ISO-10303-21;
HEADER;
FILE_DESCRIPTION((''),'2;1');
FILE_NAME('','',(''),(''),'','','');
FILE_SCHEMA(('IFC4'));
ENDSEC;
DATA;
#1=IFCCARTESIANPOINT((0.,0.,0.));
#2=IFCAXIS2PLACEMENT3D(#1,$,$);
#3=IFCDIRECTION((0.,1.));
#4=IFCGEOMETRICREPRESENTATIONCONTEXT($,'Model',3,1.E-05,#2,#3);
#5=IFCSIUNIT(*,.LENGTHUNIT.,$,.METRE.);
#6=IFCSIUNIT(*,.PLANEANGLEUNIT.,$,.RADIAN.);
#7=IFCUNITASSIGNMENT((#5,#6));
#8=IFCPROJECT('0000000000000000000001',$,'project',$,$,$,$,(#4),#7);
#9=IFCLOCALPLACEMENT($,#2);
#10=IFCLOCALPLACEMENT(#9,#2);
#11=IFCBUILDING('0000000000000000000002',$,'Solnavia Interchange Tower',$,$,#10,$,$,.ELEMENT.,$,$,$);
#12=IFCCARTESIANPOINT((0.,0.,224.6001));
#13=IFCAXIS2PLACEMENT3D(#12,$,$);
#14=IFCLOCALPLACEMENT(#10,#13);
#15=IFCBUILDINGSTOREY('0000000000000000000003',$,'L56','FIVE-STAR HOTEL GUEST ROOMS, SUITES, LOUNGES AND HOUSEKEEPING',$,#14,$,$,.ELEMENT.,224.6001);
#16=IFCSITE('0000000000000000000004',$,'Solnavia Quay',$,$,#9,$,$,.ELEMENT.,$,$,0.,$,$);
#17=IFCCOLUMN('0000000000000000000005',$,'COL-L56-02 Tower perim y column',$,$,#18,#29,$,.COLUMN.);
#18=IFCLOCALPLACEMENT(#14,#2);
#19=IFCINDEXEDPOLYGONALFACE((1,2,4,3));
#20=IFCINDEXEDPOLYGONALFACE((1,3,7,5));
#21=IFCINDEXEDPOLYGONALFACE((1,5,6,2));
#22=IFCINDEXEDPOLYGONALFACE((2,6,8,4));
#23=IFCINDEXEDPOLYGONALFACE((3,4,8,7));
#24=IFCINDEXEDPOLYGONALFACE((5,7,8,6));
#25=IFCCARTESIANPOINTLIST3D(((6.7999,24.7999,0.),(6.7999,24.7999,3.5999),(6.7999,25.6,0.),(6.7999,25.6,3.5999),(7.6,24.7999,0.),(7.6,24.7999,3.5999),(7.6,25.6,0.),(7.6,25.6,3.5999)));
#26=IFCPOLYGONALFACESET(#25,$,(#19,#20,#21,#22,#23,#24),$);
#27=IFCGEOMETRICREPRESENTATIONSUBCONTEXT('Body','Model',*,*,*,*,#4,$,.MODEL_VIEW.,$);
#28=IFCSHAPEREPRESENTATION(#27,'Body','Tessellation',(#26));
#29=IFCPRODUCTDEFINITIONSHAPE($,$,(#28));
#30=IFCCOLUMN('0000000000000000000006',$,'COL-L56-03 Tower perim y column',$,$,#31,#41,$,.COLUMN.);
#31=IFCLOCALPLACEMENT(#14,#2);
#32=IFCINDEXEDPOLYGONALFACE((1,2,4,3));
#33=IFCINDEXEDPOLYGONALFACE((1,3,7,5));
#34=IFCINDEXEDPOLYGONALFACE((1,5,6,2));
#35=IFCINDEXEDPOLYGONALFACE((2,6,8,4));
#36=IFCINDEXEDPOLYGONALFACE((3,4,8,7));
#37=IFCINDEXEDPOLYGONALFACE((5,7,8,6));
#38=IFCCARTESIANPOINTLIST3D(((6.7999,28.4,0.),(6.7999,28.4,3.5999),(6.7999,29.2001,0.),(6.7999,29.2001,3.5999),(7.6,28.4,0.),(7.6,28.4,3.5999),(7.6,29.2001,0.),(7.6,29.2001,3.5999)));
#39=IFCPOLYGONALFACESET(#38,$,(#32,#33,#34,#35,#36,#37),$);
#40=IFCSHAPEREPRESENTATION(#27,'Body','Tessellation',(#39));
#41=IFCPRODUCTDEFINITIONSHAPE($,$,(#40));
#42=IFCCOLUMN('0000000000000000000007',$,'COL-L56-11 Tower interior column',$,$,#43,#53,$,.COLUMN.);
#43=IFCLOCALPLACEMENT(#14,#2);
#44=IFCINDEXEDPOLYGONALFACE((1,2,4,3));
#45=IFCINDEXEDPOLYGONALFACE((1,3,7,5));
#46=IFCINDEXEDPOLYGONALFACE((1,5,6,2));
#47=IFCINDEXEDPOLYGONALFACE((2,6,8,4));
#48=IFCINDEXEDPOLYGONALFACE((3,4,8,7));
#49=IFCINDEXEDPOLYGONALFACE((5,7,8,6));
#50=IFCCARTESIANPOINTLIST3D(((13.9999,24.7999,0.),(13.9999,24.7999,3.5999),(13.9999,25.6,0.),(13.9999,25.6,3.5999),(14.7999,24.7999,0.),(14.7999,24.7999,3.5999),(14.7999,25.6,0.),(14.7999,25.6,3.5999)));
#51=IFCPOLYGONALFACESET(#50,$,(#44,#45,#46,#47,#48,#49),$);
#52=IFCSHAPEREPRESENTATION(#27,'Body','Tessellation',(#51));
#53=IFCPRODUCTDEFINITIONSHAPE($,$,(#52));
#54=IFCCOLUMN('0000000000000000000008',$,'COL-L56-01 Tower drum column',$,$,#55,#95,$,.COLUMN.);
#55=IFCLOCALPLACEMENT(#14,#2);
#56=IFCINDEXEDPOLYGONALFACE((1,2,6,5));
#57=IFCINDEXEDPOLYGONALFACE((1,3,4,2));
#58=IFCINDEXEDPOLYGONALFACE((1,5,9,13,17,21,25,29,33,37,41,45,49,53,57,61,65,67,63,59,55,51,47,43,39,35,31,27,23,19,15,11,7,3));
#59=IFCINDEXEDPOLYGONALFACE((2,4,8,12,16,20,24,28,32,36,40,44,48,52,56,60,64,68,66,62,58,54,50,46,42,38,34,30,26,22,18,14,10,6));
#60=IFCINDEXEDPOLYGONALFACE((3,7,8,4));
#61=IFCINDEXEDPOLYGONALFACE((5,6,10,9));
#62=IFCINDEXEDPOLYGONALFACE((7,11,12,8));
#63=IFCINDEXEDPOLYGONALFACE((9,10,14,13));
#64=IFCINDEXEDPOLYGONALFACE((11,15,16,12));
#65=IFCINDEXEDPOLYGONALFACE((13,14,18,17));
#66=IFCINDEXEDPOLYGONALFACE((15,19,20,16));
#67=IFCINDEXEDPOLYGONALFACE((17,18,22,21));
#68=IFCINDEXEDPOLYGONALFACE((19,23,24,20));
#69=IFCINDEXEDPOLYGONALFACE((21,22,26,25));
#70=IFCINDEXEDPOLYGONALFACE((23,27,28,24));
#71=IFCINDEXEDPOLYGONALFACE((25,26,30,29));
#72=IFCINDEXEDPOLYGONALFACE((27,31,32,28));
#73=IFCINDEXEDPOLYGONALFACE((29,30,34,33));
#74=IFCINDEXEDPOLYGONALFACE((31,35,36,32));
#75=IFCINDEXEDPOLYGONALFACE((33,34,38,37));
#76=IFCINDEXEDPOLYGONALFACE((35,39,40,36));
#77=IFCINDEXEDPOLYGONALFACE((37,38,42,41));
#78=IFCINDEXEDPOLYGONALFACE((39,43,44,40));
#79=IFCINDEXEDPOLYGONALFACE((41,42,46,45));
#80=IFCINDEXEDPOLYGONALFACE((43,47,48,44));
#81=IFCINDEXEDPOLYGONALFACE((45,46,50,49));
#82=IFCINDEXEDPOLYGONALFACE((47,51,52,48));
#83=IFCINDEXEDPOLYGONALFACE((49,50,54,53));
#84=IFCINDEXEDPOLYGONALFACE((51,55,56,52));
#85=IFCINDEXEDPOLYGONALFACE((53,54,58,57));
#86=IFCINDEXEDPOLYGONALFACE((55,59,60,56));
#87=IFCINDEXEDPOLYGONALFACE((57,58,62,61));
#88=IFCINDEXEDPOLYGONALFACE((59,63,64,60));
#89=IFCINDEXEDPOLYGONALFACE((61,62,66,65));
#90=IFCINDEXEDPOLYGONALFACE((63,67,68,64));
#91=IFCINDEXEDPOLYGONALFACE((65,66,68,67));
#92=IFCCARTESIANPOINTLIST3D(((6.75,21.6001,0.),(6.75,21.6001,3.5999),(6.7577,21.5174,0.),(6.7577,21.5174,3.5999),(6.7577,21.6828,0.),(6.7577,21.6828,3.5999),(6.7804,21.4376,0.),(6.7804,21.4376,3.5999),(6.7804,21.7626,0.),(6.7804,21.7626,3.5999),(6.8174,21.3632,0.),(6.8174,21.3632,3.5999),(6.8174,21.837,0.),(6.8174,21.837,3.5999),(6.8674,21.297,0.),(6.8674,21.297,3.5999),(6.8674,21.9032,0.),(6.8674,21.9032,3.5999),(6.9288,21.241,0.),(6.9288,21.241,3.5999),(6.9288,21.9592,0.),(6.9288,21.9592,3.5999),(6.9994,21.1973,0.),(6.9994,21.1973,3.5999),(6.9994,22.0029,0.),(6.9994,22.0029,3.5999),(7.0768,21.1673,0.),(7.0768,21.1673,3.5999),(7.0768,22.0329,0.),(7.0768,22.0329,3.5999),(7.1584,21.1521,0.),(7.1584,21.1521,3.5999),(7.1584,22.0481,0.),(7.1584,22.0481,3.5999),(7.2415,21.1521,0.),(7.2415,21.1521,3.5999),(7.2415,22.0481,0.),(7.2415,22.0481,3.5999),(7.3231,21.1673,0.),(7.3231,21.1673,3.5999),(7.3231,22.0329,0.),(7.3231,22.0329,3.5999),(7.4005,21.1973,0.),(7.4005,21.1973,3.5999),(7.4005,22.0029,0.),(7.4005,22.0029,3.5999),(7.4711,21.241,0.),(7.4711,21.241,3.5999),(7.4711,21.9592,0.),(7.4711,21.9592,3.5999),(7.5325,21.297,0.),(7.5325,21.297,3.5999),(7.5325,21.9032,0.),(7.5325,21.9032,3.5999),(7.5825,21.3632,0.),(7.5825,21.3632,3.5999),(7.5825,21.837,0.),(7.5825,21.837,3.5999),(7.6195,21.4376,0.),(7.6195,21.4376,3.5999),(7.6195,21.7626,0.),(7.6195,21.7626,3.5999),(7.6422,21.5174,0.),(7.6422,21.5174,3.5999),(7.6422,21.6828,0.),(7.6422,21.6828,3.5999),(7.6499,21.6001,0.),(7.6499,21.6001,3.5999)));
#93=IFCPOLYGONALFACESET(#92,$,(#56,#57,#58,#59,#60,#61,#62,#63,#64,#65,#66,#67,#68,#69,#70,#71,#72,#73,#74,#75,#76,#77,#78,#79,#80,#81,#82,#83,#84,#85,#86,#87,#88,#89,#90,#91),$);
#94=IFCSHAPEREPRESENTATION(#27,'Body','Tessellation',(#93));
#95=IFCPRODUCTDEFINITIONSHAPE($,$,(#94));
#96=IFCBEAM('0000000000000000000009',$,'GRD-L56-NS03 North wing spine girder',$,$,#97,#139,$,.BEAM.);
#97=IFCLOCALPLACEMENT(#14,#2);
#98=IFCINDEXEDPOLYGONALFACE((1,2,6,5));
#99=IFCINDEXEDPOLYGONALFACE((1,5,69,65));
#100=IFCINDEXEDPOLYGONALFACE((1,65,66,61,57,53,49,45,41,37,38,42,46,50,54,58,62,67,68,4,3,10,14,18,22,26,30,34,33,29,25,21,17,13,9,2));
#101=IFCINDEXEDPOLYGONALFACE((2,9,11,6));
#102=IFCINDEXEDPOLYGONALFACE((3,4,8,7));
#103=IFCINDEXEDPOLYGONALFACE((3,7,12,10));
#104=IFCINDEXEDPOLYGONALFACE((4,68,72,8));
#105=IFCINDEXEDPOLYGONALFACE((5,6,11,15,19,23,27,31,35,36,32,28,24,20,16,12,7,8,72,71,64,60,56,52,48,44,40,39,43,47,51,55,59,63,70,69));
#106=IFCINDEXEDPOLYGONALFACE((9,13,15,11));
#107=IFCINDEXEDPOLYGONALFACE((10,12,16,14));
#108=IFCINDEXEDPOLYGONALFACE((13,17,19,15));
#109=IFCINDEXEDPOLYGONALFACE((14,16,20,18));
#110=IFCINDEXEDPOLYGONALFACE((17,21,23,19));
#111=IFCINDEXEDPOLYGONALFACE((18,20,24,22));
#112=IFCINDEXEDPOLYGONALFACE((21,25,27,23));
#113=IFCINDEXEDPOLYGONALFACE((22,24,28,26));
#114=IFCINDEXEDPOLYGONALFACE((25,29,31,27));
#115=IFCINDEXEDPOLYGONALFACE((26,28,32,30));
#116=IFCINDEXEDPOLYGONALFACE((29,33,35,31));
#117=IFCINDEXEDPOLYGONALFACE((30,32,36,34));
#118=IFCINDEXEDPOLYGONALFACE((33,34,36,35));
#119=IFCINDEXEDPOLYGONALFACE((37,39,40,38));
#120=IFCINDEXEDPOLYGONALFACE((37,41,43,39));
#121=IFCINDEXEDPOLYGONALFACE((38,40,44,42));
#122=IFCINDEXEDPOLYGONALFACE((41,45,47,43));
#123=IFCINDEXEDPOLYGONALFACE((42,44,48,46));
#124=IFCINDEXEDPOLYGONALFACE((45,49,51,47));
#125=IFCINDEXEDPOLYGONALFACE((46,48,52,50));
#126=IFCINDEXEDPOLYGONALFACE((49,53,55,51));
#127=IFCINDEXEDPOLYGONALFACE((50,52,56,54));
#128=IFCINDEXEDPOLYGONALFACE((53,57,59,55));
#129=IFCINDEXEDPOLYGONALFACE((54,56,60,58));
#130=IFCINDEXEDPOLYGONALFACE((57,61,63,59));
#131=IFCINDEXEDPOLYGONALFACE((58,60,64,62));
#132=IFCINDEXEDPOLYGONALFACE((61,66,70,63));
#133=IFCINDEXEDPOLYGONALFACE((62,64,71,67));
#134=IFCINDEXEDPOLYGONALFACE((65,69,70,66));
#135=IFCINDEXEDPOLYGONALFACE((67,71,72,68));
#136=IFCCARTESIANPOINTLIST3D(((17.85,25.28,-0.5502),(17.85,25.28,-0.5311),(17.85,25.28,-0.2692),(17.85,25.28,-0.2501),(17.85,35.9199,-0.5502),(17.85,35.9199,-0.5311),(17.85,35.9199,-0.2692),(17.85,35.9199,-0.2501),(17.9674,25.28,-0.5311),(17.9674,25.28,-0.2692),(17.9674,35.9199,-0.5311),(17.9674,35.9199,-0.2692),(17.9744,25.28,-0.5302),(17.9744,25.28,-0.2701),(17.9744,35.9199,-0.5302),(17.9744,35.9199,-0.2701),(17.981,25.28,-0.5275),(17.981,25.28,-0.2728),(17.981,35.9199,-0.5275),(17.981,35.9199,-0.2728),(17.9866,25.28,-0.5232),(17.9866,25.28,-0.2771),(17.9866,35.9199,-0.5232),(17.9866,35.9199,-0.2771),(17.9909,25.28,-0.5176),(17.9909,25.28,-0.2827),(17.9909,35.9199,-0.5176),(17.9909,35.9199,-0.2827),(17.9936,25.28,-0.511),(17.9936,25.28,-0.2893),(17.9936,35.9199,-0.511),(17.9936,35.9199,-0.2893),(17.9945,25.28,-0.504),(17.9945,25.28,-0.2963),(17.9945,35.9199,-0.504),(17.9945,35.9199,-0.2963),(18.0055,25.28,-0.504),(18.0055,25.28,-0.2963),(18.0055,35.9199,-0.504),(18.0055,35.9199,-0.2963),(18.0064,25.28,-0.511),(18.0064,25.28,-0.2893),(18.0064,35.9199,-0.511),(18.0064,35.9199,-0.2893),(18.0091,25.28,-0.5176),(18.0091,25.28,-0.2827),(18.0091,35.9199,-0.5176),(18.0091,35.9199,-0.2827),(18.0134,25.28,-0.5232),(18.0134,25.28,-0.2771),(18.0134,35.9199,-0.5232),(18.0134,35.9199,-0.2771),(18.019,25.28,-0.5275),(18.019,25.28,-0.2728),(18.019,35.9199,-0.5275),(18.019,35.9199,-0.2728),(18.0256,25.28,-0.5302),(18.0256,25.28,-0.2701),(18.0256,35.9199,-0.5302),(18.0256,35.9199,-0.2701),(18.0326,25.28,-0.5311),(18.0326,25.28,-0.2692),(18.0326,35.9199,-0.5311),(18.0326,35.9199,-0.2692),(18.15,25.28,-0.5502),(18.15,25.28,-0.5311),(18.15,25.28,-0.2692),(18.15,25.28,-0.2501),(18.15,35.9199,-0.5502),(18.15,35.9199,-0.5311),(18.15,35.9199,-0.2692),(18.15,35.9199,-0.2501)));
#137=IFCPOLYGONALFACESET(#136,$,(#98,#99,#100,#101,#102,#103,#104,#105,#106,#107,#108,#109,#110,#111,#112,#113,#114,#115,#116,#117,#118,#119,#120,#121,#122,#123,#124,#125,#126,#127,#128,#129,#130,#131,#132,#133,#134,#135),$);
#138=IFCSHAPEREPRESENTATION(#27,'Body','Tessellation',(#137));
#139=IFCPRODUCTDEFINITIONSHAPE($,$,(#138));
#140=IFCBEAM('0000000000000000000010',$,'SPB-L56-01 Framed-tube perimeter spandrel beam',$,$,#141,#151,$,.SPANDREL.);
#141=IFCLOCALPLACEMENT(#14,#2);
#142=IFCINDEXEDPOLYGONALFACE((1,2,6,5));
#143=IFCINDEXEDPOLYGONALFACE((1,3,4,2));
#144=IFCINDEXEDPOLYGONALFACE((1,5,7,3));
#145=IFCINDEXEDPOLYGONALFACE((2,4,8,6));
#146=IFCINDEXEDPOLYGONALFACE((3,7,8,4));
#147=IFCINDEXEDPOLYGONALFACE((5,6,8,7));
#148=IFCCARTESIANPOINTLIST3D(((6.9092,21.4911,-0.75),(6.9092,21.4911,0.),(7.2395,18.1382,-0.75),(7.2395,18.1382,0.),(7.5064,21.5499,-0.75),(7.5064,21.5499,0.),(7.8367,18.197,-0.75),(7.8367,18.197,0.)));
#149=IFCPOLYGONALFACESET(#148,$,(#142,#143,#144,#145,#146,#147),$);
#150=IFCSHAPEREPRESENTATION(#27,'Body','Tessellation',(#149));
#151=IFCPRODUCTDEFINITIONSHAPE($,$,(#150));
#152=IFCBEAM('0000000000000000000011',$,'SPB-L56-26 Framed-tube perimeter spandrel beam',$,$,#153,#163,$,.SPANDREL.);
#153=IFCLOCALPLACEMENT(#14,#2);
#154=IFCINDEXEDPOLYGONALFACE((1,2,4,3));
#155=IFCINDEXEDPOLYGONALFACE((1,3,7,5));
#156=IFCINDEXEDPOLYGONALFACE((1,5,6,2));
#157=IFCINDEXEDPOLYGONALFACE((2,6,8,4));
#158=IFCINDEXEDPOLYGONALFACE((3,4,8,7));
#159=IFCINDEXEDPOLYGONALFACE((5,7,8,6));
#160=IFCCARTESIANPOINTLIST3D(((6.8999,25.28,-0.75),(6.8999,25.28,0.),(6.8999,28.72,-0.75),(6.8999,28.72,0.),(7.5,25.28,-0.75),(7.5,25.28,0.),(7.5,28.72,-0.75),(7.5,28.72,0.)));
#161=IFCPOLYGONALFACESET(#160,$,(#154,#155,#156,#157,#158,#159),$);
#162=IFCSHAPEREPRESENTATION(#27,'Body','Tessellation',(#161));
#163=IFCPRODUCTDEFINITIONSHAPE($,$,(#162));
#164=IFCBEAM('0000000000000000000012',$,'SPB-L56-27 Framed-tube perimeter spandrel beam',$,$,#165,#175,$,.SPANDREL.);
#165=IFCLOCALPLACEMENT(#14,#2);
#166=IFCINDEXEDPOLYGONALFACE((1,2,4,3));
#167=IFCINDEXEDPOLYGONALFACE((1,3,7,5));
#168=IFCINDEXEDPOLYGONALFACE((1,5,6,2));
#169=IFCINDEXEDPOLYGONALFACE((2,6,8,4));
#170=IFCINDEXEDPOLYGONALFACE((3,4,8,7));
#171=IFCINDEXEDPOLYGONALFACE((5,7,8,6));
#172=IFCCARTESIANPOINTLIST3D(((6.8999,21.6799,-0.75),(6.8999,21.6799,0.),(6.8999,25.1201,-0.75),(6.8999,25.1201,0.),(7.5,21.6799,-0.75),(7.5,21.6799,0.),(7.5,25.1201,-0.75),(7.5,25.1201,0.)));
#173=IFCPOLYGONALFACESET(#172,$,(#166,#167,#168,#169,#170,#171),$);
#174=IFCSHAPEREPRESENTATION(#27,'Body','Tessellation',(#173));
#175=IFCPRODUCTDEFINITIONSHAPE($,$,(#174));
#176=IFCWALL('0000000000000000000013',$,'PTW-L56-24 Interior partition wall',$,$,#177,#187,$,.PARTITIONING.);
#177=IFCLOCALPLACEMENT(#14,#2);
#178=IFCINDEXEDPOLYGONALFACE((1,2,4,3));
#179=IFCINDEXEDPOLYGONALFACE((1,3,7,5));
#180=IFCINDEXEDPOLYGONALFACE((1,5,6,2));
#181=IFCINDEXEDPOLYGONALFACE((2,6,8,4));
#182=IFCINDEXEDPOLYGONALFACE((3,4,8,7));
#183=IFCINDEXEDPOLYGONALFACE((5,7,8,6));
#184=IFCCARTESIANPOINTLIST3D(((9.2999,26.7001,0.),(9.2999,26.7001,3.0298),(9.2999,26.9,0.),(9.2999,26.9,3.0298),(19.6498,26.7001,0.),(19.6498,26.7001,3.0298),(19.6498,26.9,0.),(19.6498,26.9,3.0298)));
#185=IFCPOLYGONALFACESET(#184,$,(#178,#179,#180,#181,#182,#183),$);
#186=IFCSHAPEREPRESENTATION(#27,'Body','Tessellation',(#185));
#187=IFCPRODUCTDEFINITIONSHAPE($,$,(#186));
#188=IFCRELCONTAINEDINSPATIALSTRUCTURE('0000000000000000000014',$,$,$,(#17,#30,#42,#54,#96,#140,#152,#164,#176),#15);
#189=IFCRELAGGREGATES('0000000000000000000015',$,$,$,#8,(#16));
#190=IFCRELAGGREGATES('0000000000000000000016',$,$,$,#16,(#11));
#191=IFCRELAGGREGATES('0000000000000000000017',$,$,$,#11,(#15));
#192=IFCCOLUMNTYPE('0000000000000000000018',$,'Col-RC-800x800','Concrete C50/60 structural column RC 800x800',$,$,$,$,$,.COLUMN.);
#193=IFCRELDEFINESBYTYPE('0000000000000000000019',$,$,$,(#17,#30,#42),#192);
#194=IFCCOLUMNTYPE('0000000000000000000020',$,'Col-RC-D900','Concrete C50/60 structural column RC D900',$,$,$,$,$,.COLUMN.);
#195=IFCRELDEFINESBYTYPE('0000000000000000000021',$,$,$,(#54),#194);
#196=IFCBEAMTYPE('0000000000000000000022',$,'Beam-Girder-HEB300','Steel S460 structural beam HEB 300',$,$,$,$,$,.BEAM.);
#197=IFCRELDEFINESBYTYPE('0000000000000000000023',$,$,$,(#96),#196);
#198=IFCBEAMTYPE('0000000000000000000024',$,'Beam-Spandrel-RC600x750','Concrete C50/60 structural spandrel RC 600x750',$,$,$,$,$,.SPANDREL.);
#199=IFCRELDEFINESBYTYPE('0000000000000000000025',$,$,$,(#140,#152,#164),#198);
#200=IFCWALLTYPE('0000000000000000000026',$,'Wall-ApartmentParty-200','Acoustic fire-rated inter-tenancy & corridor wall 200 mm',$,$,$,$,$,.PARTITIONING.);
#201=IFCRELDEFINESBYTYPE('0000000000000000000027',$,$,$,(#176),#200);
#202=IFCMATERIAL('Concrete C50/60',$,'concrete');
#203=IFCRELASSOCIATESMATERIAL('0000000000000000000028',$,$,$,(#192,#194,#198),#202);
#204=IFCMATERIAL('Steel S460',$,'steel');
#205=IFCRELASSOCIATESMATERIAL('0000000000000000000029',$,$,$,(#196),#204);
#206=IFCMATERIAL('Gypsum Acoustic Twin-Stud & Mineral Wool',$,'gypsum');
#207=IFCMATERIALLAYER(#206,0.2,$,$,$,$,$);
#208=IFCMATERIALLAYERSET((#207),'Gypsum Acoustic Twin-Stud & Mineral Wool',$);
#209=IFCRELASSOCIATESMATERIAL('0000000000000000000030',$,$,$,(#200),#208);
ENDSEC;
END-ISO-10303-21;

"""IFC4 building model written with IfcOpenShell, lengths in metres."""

from ifc_helpers import new_model, si_unit, direction, frame, frame_2d, origin, origin_2d, place, context, subcontext, project, spatial, rectangle, circle, i_section, extrude, material, layer, layer_set, material_profile, profile_set, type_object, element, save


model = new_model("IFC4")

# Units and contexts
model_context = context("Model", 3, precision=1e-05, world=origin(), true_north=direction((0.0, 1.0)))
body_context = subcontext(model_context, "Body", "Model", "MODEL_VIEW")
ifc_project = project(units=[si_unit("LENGTHUNIT", "METRE"), si_unit("PLANEANGLEUNIT", "RADIAN")], contexts=[model_context])

# Site, building, storey
site_placement = place(None, origin())
site = spatial("IfcSite", under=ifc_project, at=site_placement, Name="Solnavia Quay", CompositionType="ELEMENT", RefElevation=0.0)
building_placement = place(site_placement, origin())
building = spatial("IfcBuilding", under=site, at=building_placement, Name="Solnavia Interchange Tower", CompositionType="ELEMENT")
storey_placement = place(building_placement, frame((0.0, 0.0, 224.6001)))
storey = spatial("IfcBuildingStorey", under=building, at=storey_placement, Name="L56", Description="FIVE-STAR HOTEL GUEST ROOMS, SUITES, LOUNGES AND HOUSEKEEPING", CompositionType="ELEMENT", Elevation=224.6001)

# Columns
ifc_material_1 = material(Name="Concrete C50/60", Category="concrete")
ifc_material_profile_1 = material_profile(ifc_material_1, rectangle(XDim=0.8, YDim=0.8, at=origin_2d()), Name="RC 800x800")
ifc_profile_set_1 = profile_set([ifc_material_profile_1], Name="Concrete C50/60")
column_type_1 = type_object("IfcColumnType", Name="Col-RC-800x800", Description="Concrete C50/60 structural column RC 800x800", PredefinedType="COLUMN", material=ifc_profile_set_1)
for number, where, z_axis, x_axis, name in (
    (1, (7.2, 25.2, 0.0), (0.0, 0.0, 1.0), (0.0, 1.0, 0.0), "COL-L56-02 Tower perim y column"),
    (2, (7.2, 28.8, 0.0), (0.0, 0.0, 1.0), (0.0, 1.0, 0.0), "COL-L56-03 Tower perim y column"),
    (3, (14.3999, 25.2, 0.0), (0.0, 0.0, 1.0), (1.0, 0.0, 0.0), "COL-L56-11 Tower interior column"),
):
    element("IfcColumn", number, at=place(storey_placement, frame(where, z_axis=z_axis, x_axis=x_axis)), inside=storey, type_object=column_type_1, Name=name, PredefinedType="COLUMN", context=body_context, shape_type="SweptSolid", body=[
        extrude(rectangle(XDim=0.8, YDim=0.8, at=origin_2d()), origin(), (0.0, 0.0, 1.0), 3.5999),
    ])
ifc_material_profile_2 = material_profile(ifc_material_1, circle(Radius=0.45, at=origin_2d()), Name="RC D900")
ifc_profile_set_2 = profile_set([ifc_material_profile_2], Name="Concrete C50/60")
column_type_2 = type_object("IfcColumnType", Name="Col-RC-D900", Description="Concrete C50/60 structural column RC D900", PredefinedType="COLUMN", material=ifc_profile_set_2)
column_placement = place(storey_placement, frame((7.2, 21.6001, 0.0), z_axis=(0.0, 0.0, 1.0), x_axis=(1.0, 0.0, 0.0)))
element("IfcColumn", 4, at=column_placement, inside=storey, type_object=column_type_2, Name="COL-L56-01 Tower drum column", PredefinedType="COLUMN", context=body_context, shape_type="SweptSolid", body=[
    extrude(circle(Radius=0.45, at=origin_2d()), origin(), (0.0, 0.0, 1.0), 3.5999),
])

# Beams
ifc_material_2 = material(Name="Steel S460", Category="steel")
ifc_material_profile_3 = material_profile(ifc_material_2, i_section(OverallWidth=0.3, OverallDepth=0.3, WebThickness=0.011, FlangeThickness=0.019, FilletRadius=0.0271, at=origin_2d()), Name="HEB 300")
ifc_profile_set_3 = profile_set([ifc_material_profile_3], Name="Steel S460")
beam_type_1 = type_object("IfcBeamType", Name="Beam-Girder-HEB300", Description="Steel S460 structural beam HEB 300", PredefinedType="BEAM", material=ifc_profile_set_3)
beam_1_placement = place(storey_placement, frame((18.0, 25.28, -0.4001), z_axis=(0.0, 1.0, 0.0), x_axis=(-1.0, 0.0, 0.0)))
element("IfcBeam", 5, at=beam_1_placement, inside=storey, type_object=beam_type_1, Name="GRD-L56-NS03 North wing spine girder", PredefinedType="BEAM", context=body_context, shape_type="SweptSolid", body=[
    extrude(i_section(OverallWidth=0.3, OverallDepth=0.3, WebThickness=0.011, FlangeThickness=0.019, FilletRadius=0.0271, at=origin_2d()), origin(), (0.0, 0.0, 1.0), 10.6399),
])
ifc_material_profile_4 = material_profile(ifc_material_1, rectangle(XDim=0.6001, YDim=0.75, at=origin_2d()), Name="RC 600x750")
ifc_profile_set_4 = profile_set([ifc_material_profile_4], Name="Concrete C50/60")
beam_type_2 = type_object("IfcBeamType", Name="Beam-Spandrel-RC600x750", Description="Concrete C50/60 structural spandrel RC 600x750", PredefinedType="SPANDREL", material=ifc_profile_set_4)
beam_2_placement = place(storey_placement, frame((7.2078, 21.5205, -0.375), z_axis=(0.09804, -0.995182, 0.0), x_axis=(0.995182, 0.09804, 0.0)))
element("IfcBeam", 6, at=beam_2_placement, inside=storey, type_object=beam_type_2, Name="SPB-L56-01 Framed-tube perimeter spandrel beam", PredefinedType="SPANDREL", context=body_context, shape_type="SweptSolid", body=[
    extrude(rectangle(XDim=0.6001, YDim=0.75, at=origin_2d()), origin(), (0.0, 0.0, 1.0), 3.3691),
])
beam_3_placement = place(storey_placement, frame((7.2, 28.72, -0.375), z_axis=(0.0, -1.0, 0.0), x_axis=(1.0, 0.0, 0.0)))
element("IfcBeam", 7, at=beam_3_placement, inside=storey, type_object=beam_type_2, Name="SPB-L56-26 Framed-tube perimeter spandrel beam", PredefinedType="SPANDREL", context=body_context, shape_type="SweptSolid", body=[
    extrude(rectangle(XDim=0.6001, YDim=0.75, at=origin_2d()), origin(), (0.0, 0.0, 1.0), 3.4399),
])
beam_4_placement = place(storey_placement, frame((7.2, 25.1201, -0.375), z_axis=(0.0, -1.0, 0.0), x_axis=(1.0, 0.0, 0.0)))
element("IfcBeam", 8, at=beam_4_placement, inside=storey, type_object=beam_type_2, Name="SPB-L56-27 Framed-tube perimeter spandrel beam", PredefinedType="SPANDREL", context=body_context, shape_type="SweptSolid", body=[
    extrude(rectangle(XDim=0.6001, YDim=0.75, at=origin_2d()), origin(), (0.0, 0.0, 1.0), 3.4402),
])

# Wall
ifc_material_3 = material(Name="Gypsum Acoustic Twin-Stud & Mineral Wool", Category="gypsum")
ifc_layer_1 = layer(ifc_material_3, 0.2)
ifc_layer_set_1 = layer_set([ifc_layer_1], Name="Gypsum Acoustic Twin-Stud & Mineral Wool")
wall_type_1 = type_object("IfcWallType", Name="Wall-ApartmentParty-200", Description="Acoustic fire-rated inter-tenancy & corridor wall 200 mm", PredefinedType="PARTITIONING", material=ifc_layer_set_1)
wall_1_placement = place(storey_placement, frame((9.3, 26.8, 0.0), z_axis=(0.0, 0.0, 1.0), x_axis=(1.0, 0.0, 0.0)))
element("IfcWall", 9, at=wall_1_placement, inside=storey, type_object=wall_type_1, Name="PTW-L56-24 Interior partition wall", PredefinedType="PARTITIONING", context=body_context, shape_type="SweptSolid", body=[
    extrude(rectangle(XDim=10.3499, YDim=0.2, at=frame_2d((5.1748, 0.0))), origin(), (0.0, 0.0, 1.0), 3.0298),
])

save(model, "model.ifc")
